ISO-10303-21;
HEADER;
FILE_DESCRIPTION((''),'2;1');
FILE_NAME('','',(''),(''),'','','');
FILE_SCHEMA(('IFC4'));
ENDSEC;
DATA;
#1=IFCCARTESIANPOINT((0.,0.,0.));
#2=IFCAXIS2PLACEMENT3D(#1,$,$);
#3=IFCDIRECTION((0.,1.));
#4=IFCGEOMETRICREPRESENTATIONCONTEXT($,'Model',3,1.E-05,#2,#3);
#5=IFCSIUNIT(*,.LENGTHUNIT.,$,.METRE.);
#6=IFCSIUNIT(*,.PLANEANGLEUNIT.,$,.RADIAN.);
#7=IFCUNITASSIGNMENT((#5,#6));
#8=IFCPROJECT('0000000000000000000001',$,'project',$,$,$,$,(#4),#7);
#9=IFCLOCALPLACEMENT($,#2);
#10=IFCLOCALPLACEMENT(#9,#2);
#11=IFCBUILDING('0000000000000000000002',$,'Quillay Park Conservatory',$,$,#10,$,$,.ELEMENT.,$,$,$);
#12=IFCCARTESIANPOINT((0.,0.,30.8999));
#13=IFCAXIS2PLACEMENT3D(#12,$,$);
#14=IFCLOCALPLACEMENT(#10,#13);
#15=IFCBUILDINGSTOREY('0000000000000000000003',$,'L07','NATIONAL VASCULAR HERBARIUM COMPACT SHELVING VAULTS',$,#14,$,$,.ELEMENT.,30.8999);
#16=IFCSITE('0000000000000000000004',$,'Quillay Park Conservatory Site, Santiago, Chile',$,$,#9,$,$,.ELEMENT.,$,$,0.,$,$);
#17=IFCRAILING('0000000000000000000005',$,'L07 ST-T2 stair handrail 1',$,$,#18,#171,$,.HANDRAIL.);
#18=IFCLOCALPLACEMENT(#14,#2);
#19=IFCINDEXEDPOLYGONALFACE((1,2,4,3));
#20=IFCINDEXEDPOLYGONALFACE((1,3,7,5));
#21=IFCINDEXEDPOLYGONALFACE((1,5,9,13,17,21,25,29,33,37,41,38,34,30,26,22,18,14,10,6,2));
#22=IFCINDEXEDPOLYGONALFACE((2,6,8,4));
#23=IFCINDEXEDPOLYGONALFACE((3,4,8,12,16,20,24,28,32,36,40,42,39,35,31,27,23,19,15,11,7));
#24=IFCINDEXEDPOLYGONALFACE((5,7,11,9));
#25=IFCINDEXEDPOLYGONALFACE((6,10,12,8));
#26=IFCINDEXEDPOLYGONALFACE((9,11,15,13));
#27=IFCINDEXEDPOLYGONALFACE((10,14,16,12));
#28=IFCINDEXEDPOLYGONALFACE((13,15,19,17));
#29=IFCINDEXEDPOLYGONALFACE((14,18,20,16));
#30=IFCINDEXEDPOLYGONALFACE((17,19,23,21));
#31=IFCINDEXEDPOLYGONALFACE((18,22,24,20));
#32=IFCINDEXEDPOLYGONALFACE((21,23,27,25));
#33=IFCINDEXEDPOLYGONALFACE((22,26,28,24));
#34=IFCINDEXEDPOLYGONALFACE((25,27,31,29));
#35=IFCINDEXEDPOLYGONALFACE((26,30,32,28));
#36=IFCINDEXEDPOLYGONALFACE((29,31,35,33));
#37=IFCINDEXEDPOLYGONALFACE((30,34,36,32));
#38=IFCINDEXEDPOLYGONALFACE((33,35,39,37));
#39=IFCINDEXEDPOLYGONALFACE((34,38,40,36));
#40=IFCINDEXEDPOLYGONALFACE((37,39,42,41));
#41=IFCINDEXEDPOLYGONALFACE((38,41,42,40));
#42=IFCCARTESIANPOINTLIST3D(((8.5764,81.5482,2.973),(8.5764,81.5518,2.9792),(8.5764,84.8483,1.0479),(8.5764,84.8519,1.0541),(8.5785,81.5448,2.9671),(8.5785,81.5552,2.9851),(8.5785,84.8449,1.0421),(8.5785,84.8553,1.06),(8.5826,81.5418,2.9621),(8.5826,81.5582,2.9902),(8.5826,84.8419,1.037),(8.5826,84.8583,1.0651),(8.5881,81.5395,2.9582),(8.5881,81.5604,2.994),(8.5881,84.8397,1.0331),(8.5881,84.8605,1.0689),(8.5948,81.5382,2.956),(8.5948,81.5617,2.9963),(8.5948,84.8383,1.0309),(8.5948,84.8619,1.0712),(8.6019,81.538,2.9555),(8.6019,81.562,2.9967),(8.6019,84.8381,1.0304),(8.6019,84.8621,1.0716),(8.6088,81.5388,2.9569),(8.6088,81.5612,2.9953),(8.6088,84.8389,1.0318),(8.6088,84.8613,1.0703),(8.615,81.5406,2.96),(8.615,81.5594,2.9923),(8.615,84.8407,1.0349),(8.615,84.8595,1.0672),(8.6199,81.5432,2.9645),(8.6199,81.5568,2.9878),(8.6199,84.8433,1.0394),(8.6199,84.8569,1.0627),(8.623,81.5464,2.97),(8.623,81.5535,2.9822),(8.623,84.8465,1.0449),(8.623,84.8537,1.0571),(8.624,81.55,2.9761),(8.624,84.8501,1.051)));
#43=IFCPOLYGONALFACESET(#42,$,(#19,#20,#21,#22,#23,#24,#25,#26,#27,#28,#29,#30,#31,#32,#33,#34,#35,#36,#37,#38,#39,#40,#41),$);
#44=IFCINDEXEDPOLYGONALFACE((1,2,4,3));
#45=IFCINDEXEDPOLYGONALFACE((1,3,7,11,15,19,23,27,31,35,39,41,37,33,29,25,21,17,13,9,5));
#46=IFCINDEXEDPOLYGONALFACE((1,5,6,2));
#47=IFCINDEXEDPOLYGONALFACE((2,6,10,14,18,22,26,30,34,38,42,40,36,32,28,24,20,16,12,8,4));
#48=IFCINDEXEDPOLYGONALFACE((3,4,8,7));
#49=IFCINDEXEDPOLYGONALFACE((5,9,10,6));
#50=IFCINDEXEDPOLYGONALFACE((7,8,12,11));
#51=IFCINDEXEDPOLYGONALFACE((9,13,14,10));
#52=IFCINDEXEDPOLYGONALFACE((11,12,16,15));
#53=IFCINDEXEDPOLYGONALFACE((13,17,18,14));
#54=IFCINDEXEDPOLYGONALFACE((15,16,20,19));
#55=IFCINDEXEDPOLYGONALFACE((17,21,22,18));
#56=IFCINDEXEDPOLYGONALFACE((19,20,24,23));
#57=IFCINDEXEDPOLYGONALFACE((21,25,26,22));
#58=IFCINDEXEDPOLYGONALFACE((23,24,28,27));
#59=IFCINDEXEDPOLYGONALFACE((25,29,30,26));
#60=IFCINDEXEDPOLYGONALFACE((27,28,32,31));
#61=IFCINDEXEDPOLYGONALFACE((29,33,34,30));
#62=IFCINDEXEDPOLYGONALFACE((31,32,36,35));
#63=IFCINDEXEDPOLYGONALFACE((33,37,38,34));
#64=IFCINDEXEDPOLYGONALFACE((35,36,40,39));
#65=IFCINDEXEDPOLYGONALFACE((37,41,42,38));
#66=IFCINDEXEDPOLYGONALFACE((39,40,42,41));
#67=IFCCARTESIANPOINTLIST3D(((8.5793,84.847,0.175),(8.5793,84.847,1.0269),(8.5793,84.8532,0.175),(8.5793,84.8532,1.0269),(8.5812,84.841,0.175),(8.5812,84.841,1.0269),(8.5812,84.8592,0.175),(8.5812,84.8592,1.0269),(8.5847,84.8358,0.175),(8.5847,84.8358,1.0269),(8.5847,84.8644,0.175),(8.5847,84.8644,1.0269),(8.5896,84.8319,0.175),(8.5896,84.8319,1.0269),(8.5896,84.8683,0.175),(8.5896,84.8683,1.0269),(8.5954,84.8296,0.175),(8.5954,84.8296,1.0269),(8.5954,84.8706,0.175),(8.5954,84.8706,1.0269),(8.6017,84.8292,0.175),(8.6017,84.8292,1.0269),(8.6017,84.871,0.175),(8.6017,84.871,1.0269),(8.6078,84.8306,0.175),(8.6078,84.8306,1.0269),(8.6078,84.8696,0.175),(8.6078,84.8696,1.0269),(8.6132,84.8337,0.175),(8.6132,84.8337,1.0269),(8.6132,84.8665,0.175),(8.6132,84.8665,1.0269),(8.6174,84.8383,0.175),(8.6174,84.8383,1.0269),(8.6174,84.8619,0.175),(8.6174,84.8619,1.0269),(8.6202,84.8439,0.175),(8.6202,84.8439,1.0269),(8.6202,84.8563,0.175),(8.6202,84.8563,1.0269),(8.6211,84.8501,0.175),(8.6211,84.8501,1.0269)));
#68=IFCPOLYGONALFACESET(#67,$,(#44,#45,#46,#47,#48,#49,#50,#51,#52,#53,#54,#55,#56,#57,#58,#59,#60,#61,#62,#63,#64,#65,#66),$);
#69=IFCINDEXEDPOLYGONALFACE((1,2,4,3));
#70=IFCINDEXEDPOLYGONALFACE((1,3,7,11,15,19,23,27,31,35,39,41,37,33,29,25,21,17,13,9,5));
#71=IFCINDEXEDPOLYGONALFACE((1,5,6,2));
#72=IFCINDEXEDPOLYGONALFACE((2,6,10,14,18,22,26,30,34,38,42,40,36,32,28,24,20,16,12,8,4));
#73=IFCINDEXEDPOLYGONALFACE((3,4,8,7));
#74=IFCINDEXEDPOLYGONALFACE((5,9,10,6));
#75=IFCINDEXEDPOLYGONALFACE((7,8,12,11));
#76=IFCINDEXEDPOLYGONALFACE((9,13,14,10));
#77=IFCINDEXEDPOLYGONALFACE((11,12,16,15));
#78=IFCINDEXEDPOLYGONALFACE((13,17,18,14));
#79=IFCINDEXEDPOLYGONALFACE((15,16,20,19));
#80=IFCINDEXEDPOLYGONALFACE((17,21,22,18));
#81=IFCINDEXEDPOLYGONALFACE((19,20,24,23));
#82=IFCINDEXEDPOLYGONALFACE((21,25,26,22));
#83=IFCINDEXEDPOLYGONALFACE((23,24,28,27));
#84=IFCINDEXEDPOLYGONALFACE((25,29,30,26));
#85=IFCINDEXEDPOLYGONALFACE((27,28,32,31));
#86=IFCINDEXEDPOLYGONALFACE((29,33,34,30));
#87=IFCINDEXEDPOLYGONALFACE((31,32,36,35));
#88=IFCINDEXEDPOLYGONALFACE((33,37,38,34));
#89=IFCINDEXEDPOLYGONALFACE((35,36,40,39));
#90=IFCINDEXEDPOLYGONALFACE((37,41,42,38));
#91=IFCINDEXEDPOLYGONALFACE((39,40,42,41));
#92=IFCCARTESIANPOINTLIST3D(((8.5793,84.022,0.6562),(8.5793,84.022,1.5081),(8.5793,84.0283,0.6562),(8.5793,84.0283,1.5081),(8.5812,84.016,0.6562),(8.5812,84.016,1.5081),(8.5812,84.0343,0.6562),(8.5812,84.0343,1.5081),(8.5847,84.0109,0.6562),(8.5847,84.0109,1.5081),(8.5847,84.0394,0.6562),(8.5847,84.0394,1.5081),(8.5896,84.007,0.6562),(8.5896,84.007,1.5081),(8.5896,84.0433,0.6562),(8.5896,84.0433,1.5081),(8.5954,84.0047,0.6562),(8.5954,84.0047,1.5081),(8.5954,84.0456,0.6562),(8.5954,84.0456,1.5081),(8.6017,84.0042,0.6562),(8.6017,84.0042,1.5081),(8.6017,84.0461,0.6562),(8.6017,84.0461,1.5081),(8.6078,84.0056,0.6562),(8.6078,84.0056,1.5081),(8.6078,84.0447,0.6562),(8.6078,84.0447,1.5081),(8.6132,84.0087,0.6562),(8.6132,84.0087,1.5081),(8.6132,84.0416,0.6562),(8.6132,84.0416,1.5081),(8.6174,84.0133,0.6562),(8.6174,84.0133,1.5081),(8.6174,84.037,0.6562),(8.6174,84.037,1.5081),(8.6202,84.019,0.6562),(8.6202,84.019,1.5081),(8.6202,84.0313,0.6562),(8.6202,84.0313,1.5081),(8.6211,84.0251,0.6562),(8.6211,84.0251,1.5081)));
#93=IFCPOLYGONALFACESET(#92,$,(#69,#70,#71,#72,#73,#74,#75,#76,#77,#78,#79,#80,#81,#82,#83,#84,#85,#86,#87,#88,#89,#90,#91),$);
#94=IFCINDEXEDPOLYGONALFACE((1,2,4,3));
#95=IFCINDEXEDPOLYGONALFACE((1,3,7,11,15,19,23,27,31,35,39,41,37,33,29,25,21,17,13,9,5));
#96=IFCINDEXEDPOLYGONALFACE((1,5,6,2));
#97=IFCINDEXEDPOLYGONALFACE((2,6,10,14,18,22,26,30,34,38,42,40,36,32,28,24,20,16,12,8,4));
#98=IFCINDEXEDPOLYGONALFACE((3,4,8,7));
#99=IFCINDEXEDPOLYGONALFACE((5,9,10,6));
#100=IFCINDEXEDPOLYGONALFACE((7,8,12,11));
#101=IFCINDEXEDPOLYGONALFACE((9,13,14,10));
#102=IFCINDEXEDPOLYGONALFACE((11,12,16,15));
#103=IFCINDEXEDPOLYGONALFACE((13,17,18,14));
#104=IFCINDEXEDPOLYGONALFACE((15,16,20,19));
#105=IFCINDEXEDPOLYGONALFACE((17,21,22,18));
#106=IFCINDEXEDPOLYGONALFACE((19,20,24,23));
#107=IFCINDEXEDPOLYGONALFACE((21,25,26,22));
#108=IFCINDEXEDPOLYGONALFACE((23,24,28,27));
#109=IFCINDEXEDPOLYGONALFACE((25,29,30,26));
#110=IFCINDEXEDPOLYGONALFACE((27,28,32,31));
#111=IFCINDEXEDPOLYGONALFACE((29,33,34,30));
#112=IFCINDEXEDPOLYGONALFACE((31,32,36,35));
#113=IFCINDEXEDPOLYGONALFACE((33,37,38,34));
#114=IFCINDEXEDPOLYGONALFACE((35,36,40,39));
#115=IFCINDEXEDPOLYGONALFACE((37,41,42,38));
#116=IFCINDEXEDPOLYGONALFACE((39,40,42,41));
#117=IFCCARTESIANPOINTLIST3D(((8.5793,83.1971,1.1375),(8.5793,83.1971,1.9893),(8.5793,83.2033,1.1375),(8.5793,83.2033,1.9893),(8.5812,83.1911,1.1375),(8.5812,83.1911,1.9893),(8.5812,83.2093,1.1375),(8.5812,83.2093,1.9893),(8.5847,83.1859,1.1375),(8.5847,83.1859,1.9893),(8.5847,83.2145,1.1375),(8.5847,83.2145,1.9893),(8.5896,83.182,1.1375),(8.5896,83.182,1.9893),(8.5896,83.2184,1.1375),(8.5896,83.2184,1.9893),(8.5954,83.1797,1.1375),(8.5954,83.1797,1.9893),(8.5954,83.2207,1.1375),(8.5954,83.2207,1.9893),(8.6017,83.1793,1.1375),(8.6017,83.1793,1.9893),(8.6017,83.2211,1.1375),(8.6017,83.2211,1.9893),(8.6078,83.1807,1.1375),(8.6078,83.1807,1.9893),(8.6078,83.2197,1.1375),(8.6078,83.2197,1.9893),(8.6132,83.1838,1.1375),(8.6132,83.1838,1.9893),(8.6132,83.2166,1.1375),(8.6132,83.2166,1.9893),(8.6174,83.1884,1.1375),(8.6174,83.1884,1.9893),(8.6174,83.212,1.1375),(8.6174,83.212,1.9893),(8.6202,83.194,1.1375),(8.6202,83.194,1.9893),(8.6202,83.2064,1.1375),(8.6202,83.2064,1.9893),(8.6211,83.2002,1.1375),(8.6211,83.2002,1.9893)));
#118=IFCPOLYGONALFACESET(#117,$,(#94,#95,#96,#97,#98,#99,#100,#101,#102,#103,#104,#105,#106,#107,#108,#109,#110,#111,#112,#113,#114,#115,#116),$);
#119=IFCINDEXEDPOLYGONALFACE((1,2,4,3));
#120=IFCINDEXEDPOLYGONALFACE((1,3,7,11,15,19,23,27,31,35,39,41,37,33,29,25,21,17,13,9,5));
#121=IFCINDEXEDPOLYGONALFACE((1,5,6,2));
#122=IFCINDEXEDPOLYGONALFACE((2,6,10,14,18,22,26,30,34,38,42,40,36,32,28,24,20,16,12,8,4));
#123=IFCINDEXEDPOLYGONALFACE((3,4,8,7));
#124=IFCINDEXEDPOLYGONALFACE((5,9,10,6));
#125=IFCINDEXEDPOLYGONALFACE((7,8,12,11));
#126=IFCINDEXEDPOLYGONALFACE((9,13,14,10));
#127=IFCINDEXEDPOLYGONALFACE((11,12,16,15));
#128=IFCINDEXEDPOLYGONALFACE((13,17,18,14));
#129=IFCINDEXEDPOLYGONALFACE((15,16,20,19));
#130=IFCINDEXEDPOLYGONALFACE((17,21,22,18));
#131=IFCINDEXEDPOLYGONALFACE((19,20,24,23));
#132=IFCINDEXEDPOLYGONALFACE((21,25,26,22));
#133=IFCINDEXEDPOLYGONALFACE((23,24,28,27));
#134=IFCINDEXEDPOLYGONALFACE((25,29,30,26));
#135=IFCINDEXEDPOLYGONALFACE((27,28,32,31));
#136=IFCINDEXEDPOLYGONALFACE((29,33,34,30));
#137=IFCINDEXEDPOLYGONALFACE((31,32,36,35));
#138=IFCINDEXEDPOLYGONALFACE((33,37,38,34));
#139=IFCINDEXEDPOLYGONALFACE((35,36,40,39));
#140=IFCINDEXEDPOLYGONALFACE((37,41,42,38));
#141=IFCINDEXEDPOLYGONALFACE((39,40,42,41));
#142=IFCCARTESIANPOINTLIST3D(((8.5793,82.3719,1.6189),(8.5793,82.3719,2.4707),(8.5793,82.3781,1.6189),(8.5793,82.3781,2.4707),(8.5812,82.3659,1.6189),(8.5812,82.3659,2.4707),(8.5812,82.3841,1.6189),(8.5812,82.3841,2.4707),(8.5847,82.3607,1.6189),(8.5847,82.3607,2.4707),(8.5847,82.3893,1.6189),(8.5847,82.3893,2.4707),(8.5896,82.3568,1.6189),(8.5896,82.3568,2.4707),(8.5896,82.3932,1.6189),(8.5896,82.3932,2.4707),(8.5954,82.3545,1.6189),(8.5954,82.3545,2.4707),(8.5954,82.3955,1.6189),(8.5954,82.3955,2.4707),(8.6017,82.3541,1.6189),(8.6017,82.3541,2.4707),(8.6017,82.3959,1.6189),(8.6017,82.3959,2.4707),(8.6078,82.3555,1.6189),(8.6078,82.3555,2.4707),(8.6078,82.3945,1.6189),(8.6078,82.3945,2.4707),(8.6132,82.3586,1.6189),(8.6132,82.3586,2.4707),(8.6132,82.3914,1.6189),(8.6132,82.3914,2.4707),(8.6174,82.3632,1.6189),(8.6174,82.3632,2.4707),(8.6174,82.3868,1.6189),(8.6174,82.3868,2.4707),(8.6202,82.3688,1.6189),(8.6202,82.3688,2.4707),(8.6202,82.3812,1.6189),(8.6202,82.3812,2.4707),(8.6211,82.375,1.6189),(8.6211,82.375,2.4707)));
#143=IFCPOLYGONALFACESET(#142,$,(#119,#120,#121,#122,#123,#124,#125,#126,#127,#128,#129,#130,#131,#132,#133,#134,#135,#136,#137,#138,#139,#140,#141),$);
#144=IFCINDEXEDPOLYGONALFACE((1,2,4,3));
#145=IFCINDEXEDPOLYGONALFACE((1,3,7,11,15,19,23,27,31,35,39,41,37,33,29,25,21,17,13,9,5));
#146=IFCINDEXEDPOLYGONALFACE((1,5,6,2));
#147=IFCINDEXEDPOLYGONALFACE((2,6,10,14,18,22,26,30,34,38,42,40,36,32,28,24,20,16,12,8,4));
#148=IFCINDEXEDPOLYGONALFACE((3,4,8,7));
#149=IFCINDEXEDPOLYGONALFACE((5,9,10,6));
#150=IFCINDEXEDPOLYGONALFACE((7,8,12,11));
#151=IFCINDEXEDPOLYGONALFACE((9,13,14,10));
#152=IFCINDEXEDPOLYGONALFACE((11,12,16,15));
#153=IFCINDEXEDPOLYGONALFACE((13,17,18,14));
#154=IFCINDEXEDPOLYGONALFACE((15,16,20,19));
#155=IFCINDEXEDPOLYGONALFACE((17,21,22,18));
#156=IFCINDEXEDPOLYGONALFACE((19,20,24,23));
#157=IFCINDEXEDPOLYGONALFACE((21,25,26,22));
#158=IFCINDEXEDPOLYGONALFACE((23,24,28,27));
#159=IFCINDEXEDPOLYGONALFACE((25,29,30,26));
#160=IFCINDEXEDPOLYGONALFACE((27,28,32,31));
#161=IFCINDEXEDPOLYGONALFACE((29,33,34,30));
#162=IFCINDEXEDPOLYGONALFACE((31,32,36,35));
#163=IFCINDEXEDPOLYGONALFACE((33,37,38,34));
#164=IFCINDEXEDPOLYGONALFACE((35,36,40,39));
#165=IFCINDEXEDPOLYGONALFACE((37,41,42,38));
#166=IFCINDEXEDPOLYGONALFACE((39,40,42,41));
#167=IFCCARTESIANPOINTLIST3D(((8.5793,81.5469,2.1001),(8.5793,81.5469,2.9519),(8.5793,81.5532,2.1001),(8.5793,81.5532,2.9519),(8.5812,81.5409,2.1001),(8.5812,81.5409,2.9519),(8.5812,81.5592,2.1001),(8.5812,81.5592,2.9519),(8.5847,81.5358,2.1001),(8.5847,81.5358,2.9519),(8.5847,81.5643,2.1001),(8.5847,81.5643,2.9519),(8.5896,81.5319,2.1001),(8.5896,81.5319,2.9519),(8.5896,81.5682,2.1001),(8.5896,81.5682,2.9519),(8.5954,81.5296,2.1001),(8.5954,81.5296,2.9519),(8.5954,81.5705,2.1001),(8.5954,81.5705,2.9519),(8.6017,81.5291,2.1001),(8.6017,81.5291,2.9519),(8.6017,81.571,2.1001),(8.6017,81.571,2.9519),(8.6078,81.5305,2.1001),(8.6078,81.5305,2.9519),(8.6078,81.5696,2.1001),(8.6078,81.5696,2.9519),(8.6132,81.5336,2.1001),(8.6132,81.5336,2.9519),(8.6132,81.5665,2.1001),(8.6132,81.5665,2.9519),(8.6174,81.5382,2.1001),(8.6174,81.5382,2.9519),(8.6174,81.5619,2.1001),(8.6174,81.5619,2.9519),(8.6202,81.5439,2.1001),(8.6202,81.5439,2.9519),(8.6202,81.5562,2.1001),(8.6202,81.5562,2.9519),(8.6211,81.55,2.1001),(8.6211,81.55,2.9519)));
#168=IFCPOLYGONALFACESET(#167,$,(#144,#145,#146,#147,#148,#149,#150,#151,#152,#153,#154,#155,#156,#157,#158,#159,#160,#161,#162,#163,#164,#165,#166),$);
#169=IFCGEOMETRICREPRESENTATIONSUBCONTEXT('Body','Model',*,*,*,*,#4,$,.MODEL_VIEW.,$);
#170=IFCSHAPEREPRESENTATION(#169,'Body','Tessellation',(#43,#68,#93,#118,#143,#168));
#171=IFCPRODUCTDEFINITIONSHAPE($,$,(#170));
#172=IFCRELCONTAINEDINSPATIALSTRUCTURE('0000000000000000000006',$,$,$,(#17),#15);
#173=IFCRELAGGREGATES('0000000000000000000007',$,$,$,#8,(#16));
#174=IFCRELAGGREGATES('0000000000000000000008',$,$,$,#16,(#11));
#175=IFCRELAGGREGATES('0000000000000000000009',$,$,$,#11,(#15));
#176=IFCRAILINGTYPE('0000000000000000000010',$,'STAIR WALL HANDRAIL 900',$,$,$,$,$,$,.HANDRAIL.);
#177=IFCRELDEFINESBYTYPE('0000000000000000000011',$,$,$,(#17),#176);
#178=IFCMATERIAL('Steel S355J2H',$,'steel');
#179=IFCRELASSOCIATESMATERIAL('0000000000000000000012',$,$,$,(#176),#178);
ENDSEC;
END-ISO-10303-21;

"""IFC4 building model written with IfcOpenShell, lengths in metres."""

from ifc_helpers import new_model, si_unit, direction, frame, origin, origin_2d, place, context, subcontext, project, spatial, circle, extrude, material, type_object, element, save


model = new_model("IFC4")

# Units and contexts
model_context = context("Model", 3, precision=1e-05, world=origin(), true_north=direction((0.0, 1.0)))
body_context = subcontext(model_context, "Body", "Model", "MODEL_VIEW")
ifc_project = project(units=[si_unit("LENGTHUNIT", "METRE"), si_unit("PLANEANGLEUNIT", "RADIAN")], contexts=[model_context])

# Site, building, storey
site_placement = place(None, origin())
site = spatial("IfcSite", under=ifc_project, at=site_placement, Name="Quillay Park Conservatory Site, Santiago, Chile", CompositionType="ELEMENT", RefElevation=0.0)
building_placement = place(site_placement, origin())
building = spatial("IfcBuilding", under=site, at=building_placement, Name="Quillay Park Conservatory", CompositionType="ELEMENT")
storey_placement = place(building_placement, frame((0.0, 0.0, 30.8999)))
storey = spatial("IfcBuildingStorey", under=building, at=storey_placement, Name="L07", Description="NATIONAL VASCULAR HERBARIUM COMPACT SHELVING VAULTS", CompositionType="ELEMENT", Elevation=30.8999)

# Railing
ifc_material_1 = material(Name="Steel S355J2H", Category="steel")
railing_type_1 = type_object("IfcRailingType", Name="STAIR WALL HANDRAIL 900", PredefinedType="HANDRAIL", material=ifc_material_1)
railing_1_placement = place(storey_placement, frame((8.6001, 84.8501, 0.175)))
element("IfcRailing", 1, at=railing_1_placement, inside=storey, type_object=railing_type_1, Name="L07 ST-T2 stair handrail 1", PredefinedType="HANDRAIL", context=body_context, shape_type="SweptSolid", body=[
    extrude(circle(Radius=0.0239, at=origin_2d()), frame((0.0, 0.0, 0.876), z_axis=(0.0, -0.863777, 0.503875), x_axis=(1.0, 0.0, 0.0)), (0.0, 0.0, 1.0), 3.8206),
    extrude(circle(Radius=0.021, at=origin_2d()), origin(), (0.0, 0.0, 1.0), 0.8518),
    extrude(circle(Radius=0.021, at=origin_2d()), frame((0.0, -0.825, 0.4812)), (0.0, 0.0, 1.0), 0.8518),
    extrude(circle(Radius=0.021, at=origin_2d()), frame((0.0, -1.6499, 0.9624)), (0.0, 0.0, 1.0), 0.8518),
    extrude(circle(Radius=0.021, at=origin_2d()), frame((0.0, -2.4751, 1.4438)), (0.0, 0.0, 1.0), 0.8518),
    extrude(circle(Radius=0.021, at=origin_2d()), frame((0.0, -3.3, 1.925)), (0.0, 0.0, 1.0), 0.8518),
])

save(model, "model.ifc")
